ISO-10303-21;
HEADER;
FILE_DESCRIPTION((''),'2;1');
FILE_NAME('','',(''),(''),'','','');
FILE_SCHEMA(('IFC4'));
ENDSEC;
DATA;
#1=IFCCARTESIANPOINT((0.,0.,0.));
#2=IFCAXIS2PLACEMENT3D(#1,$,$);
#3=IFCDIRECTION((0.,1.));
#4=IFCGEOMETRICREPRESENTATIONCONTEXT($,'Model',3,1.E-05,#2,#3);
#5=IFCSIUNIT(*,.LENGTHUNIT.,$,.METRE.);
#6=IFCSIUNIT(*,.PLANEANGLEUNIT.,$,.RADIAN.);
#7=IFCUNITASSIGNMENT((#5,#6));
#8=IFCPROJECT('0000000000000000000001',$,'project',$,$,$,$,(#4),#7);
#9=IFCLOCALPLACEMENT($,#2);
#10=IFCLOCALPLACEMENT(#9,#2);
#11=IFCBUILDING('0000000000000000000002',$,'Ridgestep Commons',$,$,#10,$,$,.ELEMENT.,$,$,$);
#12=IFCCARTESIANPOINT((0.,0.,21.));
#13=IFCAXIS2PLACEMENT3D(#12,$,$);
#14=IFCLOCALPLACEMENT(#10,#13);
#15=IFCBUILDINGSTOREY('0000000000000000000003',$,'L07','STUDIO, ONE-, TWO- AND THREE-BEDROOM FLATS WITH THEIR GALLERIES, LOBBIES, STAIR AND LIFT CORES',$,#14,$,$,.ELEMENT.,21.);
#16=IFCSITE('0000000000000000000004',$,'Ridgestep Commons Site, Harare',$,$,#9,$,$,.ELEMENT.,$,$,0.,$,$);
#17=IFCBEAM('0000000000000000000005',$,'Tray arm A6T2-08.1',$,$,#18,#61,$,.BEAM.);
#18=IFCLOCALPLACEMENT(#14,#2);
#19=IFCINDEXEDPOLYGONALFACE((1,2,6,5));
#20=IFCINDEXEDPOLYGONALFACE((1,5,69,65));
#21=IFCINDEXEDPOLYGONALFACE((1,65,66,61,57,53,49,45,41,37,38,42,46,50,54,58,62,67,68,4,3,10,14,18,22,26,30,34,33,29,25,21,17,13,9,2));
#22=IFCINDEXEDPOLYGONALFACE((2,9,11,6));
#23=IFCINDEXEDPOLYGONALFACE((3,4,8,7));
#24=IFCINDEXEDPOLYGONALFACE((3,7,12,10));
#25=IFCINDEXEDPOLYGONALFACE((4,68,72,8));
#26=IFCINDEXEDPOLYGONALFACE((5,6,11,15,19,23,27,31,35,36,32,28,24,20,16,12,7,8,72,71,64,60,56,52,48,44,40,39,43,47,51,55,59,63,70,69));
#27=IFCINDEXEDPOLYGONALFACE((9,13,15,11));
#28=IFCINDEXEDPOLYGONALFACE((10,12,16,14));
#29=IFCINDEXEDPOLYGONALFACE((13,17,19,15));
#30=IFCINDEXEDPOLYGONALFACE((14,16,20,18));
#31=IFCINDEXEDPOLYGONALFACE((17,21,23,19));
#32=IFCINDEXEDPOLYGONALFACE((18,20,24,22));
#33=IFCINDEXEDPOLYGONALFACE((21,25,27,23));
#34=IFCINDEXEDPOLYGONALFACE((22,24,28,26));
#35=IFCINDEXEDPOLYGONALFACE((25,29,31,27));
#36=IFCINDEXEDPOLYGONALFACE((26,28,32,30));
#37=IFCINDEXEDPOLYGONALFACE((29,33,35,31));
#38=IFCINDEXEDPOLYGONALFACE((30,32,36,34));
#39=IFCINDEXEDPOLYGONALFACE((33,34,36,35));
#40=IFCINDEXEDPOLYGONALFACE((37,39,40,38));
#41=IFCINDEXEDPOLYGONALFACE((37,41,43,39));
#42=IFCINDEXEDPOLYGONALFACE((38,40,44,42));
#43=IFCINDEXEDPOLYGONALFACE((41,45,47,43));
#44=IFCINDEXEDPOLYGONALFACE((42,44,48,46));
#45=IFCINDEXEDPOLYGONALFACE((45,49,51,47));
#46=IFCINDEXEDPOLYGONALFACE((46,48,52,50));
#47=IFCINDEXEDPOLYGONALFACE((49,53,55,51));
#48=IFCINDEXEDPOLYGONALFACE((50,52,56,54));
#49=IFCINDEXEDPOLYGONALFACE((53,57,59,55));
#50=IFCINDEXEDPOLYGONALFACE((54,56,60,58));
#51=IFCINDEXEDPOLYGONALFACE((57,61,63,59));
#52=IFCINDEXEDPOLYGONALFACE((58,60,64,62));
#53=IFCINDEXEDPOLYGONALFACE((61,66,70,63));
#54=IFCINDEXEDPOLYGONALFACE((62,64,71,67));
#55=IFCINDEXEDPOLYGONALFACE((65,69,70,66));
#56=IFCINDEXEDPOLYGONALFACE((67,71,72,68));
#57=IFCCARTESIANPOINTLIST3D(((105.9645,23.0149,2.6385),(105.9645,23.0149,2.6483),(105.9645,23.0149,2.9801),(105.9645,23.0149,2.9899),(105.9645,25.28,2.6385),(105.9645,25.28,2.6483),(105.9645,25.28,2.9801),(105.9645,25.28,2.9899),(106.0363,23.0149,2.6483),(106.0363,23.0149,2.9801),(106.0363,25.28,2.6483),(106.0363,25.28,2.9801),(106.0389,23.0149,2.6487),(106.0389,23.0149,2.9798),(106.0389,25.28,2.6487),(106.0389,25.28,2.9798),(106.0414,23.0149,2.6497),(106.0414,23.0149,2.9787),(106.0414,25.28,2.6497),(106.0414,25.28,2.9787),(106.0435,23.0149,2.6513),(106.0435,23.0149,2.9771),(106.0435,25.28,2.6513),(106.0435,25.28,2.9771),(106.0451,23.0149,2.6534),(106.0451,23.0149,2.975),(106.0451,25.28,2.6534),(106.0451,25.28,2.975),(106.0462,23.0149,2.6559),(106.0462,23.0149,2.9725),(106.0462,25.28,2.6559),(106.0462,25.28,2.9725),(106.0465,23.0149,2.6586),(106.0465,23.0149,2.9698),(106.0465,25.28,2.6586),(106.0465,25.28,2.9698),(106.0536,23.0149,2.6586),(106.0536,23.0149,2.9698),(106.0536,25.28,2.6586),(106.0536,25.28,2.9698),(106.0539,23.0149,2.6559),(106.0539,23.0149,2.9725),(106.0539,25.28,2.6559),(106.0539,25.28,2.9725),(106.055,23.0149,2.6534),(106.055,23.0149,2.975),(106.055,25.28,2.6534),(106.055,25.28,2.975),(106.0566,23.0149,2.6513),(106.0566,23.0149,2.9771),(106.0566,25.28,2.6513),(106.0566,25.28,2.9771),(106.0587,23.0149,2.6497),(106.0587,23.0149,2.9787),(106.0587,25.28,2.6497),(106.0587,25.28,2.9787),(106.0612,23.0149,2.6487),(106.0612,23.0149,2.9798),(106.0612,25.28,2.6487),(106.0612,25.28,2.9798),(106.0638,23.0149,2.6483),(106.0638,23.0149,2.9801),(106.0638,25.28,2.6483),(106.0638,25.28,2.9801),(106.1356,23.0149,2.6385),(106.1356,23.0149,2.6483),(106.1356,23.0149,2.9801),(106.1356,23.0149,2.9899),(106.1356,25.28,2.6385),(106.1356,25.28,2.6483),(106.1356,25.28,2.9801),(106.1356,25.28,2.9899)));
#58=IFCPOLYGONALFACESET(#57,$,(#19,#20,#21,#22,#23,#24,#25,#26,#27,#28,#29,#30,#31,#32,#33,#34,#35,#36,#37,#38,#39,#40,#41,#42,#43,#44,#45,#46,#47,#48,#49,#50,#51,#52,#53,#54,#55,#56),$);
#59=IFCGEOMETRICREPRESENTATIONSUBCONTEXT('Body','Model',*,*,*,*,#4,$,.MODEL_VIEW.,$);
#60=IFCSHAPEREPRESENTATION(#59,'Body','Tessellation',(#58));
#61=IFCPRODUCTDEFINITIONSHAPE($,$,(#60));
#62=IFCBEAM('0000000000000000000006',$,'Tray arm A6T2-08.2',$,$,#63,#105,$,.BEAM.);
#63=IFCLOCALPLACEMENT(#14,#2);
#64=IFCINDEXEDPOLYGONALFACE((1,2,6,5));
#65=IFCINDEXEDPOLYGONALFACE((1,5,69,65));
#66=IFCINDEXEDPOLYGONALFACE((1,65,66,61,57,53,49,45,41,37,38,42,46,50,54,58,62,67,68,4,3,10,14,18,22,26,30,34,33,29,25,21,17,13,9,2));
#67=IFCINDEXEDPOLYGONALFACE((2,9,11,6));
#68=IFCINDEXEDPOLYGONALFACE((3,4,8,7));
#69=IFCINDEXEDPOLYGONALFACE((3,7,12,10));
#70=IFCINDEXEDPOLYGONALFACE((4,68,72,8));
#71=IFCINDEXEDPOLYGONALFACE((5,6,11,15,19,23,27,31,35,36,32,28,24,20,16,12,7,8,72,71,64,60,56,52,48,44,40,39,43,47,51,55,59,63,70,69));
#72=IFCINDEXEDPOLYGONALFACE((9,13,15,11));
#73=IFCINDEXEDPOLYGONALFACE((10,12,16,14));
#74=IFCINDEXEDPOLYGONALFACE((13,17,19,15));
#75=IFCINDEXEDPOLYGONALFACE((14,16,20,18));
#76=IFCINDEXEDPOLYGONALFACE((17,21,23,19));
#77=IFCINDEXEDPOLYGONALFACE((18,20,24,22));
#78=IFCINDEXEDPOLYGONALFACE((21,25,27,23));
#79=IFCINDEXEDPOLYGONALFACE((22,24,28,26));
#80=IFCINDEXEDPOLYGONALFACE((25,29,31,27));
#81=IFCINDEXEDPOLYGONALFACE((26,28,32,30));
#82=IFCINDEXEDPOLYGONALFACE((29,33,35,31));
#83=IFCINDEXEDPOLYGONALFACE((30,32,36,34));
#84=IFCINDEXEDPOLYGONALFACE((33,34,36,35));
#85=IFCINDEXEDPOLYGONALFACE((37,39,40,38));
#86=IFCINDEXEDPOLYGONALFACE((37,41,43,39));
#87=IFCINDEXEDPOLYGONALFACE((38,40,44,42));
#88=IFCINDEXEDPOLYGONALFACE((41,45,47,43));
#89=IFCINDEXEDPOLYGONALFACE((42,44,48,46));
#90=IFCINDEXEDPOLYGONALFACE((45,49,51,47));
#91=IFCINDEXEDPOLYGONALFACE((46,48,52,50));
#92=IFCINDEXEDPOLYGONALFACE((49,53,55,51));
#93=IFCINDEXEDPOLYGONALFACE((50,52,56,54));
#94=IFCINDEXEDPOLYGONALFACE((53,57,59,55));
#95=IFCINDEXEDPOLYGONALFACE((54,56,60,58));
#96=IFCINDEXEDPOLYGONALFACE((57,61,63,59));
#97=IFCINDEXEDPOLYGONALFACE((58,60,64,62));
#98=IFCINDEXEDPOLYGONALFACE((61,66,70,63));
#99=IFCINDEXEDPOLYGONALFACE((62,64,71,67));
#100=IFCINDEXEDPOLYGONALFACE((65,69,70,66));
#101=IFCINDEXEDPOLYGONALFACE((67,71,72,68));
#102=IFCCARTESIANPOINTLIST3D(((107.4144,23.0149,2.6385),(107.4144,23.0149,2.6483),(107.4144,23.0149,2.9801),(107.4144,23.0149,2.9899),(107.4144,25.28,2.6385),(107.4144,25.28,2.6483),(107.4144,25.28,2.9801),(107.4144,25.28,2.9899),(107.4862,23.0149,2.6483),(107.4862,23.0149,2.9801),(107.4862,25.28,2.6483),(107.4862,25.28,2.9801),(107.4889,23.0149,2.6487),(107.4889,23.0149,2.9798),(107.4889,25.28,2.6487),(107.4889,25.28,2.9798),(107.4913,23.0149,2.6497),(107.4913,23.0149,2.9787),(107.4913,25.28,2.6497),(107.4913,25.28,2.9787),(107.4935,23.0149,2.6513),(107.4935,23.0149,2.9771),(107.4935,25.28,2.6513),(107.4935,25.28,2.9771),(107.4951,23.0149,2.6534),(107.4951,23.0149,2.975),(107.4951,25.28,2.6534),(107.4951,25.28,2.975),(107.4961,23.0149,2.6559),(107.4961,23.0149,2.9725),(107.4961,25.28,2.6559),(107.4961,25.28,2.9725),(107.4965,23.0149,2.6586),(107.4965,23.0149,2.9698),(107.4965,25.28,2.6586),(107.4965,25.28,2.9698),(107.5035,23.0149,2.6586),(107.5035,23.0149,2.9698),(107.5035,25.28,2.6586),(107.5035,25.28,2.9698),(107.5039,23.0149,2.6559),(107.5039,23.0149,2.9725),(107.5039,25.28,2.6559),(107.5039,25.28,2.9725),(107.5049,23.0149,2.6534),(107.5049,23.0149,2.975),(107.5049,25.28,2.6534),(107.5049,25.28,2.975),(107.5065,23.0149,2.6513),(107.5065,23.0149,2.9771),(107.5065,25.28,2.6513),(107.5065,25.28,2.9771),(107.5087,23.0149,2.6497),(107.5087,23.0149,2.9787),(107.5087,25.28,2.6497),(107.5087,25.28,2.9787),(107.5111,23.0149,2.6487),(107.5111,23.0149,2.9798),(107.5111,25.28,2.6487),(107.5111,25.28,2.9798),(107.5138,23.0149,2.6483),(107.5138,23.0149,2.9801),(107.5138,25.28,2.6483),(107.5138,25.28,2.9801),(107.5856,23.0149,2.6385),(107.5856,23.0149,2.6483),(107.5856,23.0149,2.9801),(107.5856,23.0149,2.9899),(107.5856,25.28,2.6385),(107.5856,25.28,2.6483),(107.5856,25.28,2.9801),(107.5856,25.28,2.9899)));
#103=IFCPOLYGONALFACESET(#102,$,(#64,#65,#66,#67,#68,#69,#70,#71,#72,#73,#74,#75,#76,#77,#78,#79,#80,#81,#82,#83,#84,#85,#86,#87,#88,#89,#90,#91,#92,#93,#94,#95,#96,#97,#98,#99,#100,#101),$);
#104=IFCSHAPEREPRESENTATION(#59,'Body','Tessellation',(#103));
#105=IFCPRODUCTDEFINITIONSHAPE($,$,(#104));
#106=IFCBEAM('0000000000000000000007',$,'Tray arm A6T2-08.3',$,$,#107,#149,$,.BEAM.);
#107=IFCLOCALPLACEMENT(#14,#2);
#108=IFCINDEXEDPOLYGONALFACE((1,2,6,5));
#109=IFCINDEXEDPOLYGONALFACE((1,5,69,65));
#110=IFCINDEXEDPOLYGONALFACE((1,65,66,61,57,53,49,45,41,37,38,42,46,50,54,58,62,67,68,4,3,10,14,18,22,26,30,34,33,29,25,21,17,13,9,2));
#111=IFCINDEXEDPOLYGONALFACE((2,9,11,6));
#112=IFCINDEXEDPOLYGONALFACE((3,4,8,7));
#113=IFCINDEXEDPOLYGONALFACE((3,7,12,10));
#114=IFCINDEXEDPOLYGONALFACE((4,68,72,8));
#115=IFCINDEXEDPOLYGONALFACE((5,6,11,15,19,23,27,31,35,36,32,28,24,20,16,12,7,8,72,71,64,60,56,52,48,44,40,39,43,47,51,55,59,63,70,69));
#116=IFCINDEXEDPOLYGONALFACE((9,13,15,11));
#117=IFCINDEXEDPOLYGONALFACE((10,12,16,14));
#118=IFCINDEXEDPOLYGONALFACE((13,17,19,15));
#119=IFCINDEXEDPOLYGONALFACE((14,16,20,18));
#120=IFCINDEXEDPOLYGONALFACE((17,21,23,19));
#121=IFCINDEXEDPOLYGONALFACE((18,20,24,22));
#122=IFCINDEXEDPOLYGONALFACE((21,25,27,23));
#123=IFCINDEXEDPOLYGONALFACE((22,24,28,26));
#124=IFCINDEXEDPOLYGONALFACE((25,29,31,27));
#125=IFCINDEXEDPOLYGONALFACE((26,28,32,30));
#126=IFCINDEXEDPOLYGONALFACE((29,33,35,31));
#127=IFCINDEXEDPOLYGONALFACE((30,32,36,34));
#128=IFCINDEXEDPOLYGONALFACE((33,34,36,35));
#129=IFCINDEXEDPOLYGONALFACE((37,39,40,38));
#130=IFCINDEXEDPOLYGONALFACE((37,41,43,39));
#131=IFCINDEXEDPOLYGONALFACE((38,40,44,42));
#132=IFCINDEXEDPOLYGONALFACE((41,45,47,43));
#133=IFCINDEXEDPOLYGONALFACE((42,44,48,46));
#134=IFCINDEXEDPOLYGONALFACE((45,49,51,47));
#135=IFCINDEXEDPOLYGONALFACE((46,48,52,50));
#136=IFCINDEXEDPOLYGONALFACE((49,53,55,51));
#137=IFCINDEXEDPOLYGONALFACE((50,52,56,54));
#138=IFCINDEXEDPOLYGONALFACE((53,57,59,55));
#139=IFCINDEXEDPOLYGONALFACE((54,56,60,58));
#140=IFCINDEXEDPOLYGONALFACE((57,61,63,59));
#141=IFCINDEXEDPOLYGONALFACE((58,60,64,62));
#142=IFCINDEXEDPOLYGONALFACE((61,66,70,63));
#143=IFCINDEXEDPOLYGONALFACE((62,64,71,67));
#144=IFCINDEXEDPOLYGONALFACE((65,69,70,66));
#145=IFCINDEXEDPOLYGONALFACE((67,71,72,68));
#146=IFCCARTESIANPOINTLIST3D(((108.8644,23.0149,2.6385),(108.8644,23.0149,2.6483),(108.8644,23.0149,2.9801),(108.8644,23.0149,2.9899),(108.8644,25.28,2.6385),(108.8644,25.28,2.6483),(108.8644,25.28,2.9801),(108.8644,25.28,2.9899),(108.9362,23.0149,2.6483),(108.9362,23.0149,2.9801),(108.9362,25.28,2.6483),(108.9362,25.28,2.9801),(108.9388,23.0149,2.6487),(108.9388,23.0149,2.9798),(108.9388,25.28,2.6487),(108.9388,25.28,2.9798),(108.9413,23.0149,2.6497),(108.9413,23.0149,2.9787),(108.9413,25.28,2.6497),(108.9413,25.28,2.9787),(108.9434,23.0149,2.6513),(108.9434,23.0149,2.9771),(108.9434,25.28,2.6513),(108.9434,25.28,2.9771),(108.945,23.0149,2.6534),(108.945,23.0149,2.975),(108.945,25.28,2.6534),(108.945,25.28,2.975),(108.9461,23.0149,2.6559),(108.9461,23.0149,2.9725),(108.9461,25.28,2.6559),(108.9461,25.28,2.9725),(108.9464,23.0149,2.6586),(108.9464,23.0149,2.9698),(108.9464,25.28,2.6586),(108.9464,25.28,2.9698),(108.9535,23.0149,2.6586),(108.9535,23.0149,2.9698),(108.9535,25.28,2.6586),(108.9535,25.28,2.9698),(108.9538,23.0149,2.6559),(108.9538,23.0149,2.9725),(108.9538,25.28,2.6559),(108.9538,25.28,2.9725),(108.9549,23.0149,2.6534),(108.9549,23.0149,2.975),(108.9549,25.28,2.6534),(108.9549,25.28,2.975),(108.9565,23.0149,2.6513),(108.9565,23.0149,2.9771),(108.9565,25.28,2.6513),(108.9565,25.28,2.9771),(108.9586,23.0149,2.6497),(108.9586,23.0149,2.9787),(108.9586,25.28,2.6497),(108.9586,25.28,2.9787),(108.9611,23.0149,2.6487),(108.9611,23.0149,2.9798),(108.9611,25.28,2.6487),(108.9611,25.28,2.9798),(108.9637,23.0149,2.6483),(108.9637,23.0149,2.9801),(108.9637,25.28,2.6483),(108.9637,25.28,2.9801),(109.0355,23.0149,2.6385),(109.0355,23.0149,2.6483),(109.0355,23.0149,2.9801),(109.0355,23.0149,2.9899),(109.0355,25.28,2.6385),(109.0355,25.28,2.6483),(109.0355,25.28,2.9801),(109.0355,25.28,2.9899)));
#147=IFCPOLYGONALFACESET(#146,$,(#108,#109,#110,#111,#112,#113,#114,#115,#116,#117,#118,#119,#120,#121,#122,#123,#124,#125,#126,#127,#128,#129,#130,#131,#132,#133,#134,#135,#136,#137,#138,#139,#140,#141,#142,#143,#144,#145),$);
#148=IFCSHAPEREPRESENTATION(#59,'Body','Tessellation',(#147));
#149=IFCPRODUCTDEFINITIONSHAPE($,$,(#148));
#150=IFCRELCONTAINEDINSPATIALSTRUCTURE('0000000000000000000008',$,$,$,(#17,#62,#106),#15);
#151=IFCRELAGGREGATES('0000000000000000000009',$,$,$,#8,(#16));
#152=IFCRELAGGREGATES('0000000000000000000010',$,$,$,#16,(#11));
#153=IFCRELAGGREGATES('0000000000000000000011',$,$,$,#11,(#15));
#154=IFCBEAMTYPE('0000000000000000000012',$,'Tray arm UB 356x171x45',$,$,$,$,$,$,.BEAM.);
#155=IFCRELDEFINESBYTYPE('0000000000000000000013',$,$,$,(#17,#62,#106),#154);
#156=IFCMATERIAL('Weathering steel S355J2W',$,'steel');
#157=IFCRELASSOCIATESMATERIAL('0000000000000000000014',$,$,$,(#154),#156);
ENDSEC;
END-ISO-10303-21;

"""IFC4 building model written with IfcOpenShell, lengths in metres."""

from ifc_helpers import new_model, si_unit, direction, frame, origin, origin_2d, place, context, subcontext, project, spatial, i_section, extrude, material, material_profile, profile_set, type_object, element, save


model = new_model("IFC4")

# Units and contexts
model_context = context("Model", 3, precision=1e-05, world=origin(), true_north=direction((0.0, 1.0)))
body_context = subcontext(model_context, "Body", "Model", "MODEL_VIEW")
ifc_project = project(units=[si_unit("LENGTHUNIT", "METRE"), si_unit("PLANEANGLEUNIT", "RADIAN")], contexts=[model_context])

# Site, building, storey
site_placement = place(None, origin())
site = spatial("IfcSite", under=ifc_project, at=site_placement, Name="Ridgestep Commons Site, Harare", CompositionType="ELEMENT", RefElevation=0.0)
building_placement = place(site_placement, origin())
building = spatial("IfcBuilding", under=site, at=building_placement, Name="Ridgestep Commons", CompositionType="ELEMENT")
storey_placement = place(building_placement, frame((0.0, 0.0, 21.0)))
storey = spatial("IfcBuildingStorey", under=building, at=storey_placement, Name="L07", Description="STUDIO, ONE-, TWO- AND THREE-BEDROOM FLATS WITH THEIR GALLERIES, LOBBIES, STAIR AND LIFT CORES", CompositionType="ELEMENT", Elevation=21.0)

# Beams
ifc_material_1 = material(Name="Weathering steel S355J2W", Category="steel")
ifc_material_profile_1 = material_profile(ifc_material_1, i_section(OverallWidth=0.1711, OverallDepth=0.3513, WebThickness=0.0071, FlangeThickness=0.0098, FilletRadius=0.0103, at=origin_2d()), Name="UB 356x171x45")
ifc_profile_set_1 = profile_set([ifc_material_profile_1], Name="Weathering steel S355J2W")
beam_type_1 = type_object("IfcBeamType", Name="Tray arm UB 356x171x45", PredefinedType="BEAM", material=ifc_profile_set_1)
for number, where, z_axis, x_axis, name in (
    (1, (106.05, 23.0149, 2.8142), (0.0, 1.0, 0.0), (-1.0, 0.0, 0.0), "Tray arm A6T2-08.1"),
    (2, (107.5, 23.0149, 2.8142), (0.0, 1.0, 0.0), (-1.0, 0.0, 0.0), "Tray arm A6T2-08.2"),
    (3, (108.95, 23.0149, 2.8142), (0.0, 1.0, 0.0), (-1.0, 0.0, 0.0), "Tray arm A6T2-08.3"),
):
    element("IfcBeam", number, at=place(storey_placement, frame(where, z_axis=z_axis, x_axis=x_axis)), inside=storey, type_object=beam_type_1, Name=name, PredefinedType="BEAM", context=body_context, shape_type="SweptSolid", body=[
        extrude(i_section(OverallWidth=0.1711, OverallDepth=0.3513, WebThickness=0.0071, FlangeThickness=0.0098, FilletRadius=0.0103, at=origin_2d()), origin(), (0.0, 0.0, 1.0), 2.2651),
    ])

save(model, "model.ifc")
